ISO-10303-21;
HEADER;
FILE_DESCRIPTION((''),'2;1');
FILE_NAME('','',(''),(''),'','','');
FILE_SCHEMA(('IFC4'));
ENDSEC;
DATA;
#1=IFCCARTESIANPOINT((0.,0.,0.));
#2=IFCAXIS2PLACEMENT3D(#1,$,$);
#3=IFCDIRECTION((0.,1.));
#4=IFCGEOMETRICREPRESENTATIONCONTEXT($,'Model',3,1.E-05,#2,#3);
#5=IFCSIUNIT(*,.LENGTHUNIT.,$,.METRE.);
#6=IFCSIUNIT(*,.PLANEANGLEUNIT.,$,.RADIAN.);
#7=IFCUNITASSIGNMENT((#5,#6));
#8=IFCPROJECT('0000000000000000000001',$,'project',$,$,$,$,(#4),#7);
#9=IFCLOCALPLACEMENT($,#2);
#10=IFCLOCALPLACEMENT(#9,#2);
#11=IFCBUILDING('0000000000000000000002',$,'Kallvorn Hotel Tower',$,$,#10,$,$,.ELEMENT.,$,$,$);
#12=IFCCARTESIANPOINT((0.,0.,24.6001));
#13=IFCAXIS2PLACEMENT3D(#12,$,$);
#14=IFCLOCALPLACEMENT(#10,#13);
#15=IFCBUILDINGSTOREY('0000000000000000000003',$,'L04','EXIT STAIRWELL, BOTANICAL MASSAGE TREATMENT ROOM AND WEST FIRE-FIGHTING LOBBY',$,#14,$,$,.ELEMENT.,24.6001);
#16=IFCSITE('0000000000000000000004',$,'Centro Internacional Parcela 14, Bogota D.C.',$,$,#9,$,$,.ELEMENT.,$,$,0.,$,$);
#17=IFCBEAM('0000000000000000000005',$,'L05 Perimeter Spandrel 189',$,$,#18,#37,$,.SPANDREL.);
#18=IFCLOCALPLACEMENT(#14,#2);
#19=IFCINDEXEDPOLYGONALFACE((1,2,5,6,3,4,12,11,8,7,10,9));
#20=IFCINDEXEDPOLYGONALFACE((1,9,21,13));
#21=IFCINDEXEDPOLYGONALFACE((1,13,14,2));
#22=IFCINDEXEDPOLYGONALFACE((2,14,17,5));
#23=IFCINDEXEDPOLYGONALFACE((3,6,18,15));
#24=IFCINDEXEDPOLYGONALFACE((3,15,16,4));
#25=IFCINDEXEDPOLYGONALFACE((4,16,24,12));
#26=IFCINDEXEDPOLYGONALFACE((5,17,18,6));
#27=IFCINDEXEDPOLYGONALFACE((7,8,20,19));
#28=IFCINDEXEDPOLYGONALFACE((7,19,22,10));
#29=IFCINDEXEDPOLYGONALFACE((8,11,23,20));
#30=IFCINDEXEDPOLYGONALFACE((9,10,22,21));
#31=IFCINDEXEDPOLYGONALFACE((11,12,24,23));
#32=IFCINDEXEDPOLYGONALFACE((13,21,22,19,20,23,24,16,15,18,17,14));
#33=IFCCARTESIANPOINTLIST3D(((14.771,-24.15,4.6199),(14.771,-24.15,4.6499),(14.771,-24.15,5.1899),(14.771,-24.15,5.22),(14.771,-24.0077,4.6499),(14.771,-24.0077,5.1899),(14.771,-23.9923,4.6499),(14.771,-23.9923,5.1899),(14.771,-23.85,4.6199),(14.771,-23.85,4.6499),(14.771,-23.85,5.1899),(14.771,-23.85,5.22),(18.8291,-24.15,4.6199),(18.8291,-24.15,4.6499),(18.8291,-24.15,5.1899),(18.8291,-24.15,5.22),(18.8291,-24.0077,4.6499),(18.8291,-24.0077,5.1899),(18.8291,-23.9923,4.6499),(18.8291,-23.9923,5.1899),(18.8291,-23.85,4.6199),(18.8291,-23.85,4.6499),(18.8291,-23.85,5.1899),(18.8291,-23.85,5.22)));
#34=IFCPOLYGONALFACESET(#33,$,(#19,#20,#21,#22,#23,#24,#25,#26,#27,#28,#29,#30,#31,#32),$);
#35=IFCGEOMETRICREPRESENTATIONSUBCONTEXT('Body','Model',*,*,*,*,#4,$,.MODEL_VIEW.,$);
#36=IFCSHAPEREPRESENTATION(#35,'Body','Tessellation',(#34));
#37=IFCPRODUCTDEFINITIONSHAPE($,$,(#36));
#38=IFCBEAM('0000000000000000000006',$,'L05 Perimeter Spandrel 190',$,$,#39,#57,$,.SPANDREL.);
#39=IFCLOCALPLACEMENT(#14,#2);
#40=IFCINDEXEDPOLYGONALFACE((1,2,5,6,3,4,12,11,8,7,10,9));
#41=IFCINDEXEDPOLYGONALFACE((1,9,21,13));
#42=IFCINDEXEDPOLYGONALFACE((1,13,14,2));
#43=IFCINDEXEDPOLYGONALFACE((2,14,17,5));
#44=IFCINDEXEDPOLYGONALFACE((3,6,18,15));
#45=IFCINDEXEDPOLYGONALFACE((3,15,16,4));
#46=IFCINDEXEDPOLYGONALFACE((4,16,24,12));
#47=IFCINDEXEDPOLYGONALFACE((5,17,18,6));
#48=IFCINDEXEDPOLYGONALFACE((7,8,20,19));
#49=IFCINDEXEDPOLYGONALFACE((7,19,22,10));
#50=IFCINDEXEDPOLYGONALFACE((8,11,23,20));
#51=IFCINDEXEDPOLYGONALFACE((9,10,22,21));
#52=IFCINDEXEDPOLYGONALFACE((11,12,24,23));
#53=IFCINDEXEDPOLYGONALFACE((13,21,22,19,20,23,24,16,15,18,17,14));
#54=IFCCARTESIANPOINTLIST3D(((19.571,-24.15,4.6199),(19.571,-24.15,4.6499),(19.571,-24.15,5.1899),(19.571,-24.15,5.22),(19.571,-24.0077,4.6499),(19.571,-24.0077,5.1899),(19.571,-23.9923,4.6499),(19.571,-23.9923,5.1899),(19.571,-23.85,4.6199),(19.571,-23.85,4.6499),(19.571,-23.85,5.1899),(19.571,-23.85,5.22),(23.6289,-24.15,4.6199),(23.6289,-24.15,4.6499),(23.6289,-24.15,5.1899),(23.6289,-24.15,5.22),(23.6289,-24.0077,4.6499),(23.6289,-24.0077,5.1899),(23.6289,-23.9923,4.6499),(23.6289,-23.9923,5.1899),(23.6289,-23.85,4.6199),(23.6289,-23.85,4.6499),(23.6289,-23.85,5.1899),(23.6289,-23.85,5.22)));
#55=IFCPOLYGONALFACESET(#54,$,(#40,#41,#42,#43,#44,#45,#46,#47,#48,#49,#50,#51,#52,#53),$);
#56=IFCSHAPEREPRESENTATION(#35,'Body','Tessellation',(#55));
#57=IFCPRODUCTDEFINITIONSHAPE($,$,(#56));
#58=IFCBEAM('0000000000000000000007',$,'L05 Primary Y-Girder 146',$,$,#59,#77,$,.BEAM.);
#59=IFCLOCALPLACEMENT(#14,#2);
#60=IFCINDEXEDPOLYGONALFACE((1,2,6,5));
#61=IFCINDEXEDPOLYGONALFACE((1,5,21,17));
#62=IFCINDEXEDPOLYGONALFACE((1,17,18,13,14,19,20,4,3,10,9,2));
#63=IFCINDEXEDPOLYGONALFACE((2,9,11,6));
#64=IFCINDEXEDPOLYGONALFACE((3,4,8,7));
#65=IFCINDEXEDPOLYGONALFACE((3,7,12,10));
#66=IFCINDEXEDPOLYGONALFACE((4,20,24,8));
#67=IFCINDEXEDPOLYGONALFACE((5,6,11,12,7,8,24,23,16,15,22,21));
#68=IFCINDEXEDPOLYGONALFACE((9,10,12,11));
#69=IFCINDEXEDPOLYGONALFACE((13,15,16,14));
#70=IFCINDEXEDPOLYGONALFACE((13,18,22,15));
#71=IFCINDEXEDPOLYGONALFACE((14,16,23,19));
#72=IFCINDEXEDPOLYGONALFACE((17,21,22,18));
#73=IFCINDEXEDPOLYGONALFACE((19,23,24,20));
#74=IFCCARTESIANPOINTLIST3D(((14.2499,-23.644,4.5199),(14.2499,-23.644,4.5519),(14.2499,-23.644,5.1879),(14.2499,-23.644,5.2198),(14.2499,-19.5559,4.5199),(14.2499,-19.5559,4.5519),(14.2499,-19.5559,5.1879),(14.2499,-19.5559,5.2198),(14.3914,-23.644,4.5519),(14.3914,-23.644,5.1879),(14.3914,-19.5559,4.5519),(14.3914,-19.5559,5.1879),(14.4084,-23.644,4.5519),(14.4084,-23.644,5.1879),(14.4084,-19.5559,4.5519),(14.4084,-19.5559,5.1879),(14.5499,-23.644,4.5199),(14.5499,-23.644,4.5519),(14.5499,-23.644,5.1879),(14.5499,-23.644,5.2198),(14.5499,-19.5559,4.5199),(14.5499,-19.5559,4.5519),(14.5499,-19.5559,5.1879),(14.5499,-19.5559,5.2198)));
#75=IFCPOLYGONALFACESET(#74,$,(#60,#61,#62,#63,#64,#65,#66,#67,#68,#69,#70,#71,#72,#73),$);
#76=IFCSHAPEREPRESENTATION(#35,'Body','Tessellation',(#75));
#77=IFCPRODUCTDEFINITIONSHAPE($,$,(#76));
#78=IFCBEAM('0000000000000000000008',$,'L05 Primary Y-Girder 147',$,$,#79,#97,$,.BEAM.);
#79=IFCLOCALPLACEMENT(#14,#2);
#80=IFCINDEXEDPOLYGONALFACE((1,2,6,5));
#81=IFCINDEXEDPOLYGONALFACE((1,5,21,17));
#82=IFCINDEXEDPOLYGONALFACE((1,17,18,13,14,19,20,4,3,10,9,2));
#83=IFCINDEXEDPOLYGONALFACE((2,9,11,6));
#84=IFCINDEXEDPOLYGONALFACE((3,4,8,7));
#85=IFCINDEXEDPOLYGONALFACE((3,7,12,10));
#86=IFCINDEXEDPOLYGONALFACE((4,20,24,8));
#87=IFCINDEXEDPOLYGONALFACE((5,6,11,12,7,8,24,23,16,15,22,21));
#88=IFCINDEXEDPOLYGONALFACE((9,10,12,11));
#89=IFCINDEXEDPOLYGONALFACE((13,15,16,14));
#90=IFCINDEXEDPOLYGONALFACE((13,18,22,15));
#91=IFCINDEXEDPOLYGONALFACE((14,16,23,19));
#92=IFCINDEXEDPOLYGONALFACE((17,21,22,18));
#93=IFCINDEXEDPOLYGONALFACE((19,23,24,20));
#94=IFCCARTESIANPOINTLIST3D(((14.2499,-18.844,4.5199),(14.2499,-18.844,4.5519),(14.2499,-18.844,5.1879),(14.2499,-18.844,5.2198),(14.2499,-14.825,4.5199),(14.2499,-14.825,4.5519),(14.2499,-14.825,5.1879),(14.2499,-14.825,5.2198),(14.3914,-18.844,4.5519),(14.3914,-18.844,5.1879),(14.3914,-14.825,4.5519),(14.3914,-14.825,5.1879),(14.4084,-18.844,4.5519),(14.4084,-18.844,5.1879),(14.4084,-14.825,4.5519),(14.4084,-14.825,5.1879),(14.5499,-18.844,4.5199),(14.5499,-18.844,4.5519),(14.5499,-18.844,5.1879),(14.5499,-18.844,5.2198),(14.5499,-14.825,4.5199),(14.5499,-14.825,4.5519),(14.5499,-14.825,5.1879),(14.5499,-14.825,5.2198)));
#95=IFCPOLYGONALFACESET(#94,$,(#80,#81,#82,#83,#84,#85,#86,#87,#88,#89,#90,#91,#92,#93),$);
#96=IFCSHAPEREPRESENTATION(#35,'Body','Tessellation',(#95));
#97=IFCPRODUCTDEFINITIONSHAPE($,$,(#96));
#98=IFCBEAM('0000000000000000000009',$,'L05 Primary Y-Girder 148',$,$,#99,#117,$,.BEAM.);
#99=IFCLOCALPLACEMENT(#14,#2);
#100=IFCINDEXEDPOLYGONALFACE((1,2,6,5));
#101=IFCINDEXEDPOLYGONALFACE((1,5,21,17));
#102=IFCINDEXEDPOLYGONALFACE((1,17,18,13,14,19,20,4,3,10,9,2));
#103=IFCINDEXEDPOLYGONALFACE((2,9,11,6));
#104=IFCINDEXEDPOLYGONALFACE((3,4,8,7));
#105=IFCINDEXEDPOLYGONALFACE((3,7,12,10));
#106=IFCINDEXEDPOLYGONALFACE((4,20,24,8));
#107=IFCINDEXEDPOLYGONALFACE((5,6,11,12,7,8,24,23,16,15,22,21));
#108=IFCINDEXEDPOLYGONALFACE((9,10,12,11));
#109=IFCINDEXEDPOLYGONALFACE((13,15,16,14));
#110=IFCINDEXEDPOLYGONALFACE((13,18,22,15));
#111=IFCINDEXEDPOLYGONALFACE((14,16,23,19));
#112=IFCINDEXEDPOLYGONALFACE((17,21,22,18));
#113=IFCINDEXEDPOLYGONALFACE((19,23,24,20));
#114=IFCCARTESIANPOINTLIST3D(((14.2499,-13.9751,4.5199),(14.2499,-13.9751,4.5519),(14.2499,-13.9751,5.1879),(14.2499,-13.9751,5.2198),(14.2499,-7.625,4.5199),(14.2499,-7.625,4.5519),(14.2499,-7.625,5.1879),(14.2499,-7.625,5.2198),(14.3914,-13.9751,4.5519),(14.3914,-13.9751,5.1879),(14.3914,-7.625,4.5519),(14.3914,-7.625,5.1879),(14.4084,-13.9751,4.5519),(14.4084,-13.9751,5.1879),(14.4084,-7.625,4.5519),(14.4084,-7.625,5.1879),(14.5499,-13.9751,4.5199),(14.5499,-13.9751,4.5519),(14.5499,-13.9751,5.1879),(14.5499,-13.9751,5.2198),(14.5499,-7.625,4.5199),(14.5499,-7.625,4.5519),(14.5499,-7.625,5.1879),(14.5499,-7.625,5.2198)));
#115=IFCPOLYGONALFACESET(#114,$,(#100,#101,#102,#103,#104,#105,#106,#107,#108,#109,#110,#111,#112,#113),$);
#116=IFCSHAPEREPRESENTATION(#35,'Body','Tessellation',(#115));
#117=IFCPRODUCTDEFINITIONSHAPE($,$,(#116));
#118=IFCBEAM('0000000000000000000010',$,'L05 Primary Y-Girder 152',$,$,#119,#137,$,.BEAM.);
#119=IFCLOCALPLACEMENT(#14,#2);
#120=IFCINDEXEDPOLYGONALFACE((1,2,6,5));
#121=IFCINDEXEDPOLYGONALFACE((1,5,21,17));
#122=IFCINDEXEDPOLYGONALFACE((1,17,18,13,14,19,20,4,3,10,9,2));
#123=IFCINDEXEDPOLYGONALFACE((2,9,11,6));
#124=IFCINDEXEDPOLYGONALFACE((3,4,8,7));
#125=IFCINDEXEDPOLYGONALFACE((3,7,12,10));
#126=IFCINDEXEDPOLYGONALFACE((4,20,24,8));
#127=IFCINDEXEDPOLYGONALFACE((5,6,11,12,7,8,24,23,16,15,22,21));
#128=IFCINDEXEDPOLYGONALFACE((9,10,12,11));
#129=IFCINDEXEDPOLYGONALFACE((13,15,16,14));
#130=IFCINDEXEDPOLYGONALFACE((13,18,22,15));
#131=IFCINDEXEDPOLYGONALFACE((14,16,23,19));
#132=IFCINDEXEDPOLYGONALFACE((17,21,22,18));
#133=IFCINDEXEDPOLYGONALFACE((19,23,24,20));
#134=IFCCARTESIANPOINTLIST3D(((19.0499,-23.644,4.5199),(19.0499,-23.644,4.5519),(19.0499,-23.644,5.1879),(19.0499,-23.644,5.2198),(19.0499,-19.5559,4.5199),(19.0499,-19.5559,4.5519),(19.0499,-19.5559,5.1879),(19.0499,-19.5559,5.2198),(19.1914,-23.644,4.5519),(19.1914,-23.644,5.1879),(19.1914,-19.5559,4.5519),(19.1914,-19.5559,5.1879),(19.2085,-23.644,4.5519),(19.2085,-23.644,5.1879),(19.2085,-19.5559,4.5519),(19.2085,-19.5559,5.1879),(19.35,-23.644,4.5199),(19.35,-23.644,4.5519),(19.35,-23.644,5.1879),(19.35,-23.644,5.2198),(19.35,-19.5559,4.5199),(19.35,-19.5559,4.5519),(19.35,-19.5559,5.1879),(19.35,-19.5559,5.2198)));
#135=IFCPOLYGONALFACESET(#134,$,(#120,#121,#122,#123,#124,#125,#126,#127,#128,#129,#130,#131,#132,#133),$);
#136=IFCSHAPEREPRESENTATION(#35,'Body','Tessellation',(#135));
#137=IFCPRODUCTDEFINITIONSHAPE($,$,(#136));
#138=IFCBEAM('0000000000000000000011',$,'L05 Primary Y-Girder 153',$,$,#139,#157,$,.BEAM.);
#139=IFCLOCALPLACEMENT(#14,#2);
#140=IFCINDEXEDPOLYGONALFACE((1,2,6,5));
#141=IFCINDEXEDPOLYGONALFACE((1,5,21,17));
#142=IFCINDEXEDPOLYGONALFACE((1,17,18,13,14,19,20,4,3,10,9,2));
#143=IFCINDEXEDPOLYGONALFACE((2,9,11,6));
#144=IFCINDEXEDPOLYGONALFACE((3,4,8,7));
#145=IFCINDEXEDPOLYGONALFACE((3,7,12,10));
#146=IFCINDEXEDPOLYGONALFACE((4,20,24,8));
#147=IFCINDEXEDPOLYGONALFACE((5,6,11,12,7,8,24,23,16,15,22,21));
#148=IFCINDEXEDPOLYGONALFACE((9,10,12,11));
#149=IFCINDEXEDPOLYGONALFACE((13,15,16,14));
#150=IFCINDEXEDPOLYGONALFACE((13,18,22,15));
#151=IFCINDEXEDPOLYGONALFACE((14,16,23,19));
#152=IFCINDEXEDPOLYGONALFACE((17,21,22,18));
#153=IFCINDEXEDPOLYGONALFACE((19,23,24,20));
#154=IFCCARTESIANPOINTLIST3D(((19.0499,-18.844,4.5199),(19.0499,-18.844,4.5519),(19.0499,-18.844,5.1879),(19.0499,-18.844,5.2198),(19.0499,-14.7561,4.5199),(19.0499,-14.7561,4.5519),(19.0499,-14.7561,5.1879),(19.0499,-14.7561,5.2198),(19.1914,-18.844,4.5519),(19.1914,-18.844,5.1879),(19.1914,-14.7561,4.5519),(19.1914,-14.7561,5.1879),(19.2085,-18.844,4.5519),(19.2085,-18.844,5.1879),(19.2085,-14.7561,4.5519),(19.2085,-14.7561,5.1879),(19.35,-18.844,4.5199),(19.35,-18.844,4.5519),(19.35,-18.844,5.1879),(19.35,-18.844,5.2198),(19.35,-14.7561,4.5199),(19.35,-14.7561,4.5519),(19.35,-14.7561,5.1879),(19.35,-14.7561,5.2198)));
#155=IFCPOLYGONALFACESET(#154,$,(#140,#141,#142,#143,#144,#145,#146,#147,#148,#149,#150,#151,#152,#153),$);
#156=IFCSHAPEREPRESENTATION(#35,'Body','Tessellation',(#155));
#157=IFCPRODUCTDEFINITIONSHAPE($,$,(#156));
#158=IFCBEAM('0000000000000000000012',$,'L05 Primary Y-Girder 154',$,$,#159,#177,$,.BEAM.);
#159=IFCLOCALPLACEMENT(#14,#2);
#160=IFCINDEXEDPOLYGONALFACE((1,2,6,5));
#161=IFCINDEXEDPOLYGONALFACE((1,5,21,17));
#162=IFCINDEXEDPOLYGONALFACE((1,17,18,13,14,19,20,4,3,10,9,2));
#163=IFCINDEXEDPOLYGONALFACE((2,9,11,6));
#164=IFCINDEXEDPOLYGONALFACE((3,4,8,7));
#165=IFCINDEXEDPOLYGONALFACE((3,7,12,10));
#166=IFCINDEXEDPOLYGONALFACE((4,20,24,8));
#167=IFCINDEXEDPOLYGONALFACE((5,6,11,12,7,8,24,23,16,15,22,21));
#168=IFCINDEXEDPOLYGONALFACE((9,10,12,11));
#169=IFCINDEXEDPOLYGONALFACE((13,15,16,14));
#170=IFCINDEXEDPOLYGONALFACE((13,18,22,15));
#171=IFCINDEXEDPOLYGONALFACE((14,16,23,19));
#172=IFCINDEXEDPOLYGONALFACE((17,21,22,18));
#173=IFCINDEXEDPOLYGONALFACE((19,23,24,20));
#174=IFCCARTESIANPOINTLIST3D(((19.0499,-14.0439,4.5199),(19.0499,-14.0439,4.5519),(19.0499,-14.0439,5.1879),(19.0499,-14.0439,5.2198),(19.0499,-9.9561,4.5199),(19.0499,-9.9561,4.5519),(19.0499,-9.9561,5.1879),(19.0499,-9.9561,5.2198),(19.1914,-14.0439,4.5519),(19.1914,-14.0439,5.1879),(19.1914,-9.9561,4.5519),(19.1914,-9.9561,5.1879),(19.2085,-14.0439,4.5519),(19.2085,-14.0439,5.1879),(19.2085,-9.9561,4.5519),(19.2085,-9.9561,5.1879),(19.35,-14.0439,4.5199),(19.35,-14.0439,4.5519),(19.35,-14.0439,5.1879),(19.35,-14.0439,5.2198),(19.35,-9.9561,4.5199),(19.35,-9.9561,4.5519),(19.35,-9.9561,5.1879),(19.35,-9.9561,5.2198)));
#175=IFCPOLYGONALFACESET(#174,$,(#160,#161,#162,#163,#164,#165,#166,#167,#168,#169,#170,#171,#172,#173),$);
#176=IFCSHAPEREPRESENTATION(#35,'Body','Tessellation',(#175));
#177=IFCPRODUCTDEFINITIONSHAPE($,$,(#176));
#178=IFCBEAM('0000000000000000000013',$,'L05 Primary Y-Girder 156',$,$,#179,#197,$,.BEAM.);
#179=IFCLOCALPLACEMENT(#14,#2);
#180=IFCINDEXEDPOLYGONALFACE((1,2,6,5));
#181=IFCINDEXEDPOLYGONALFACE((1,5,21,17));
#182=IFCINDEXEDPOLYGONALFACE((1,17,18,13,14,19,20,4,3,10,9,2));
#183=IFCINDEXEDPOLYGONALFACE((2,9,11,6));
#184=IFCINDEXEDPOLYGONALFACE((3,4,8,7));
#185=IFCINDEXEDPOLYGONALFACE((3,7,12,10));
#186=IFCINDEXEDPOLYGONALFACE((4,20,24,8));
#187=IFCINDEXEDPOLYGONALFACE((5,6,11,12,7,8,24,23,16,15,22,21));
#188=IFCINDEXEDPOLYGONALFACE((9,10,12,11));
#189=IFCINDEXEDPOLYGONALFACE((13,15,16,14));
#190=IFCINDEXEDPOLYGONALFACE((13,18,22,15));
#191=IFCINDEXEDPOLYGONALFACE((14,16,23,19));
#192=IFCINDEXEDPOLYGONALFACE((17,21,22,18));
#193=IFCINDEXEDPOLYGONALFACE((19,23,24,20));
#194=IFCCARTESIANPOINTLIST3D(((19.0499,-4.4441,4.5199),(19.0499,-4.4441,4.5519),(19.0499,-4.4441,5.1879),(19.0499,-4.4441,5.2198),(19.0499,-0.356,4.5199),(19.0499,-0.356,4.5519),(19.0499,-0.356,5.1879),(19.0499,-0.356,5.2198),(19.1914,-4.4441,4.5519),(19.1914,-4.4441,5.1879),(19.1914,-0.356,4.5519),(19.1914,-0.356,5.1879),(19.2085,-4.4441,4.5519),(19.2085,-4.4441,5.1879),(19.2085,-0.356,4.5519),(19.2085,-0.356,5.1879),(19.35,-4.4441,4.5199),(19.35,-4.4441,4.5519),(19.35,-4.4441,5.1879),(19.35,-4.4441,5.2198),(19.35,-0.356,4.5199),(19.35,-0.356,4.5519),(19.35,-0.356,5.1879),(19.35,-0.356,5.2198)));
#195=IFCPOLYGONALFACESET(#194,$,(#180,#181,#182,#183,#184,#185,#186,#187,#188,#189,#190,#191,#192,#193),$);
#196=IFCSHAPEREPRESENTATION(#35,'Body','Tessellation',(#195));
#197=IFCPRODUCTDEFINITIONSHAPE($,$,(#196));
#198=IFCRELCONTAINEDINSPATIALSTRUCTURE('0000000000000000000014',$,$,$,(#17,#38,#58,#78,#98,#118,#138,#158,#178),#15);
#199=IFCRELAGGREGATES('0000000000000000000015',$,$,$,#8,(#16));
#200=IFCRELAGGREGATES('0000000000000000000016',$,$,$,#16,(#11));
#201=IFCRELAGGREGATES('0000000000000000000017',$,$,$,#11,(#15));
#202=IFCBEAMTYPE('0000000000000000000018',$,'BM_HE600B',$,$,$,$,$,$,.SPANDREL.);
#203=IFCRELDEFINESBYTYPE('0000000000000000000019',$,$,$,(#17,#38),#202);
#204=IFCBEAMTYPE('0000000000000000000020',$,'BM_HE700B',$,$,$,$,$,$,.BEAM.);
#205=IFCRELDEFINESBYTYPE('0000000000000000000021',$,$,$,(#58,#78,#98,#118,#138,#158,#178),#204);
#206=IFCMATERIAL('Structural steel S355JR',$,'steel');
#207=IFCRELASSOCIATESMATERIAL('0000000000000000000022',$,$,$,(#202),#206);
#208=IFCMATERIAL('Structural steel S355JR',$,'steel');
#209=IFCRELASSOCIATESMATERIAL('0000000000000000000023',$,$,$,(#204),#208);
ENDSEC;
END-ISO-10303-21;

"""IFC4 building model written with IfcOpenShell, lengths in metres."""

from ifc_helpers import new_model, si_unit, direction, frame, origin, origin_2d, place, context, subcontext, project, spatial, i_section, extrude, material, material_profile, profile_set, type_object, element, save


model = new_model("IFC4")

# Units and contexts
model_context = context("Model", 3, precision=1e-05, world=origin(), true_north=direction((0.0, 1.0)))
body_context = subcontext(model_context, "Body", "Model", "MODEL_VIEW")
ifc_project = project(units=[si_unit("LENGTHUNIT", "METRE"), si_unit("PLANEANGLEUNIT", "RADIAN")], contexts=[model_context])

# Site, building, storey
site_placement = place(None, origin())
site = spatial("IfcSite", under=ifc_project, at=site_placement, Name="Centro Internacional Parcela 14, Bogota D.C.", CompositionType="ELEMENT", RefElevation=0.0)
building_placement = place(site_placement, origin())
building = spatial("IfcBuilding", under=site, at=building_placement, Name="Kallvorn Hotel Tower", CompositionType="ELEMENT")
storey_placement = place(building_placement, frame((0.0, 0.0, 24.6001)))
storey = spatial("IfcBuildingStorey", under=building, at=storey_placement, Name="L04", Description="EXIT STAIRWELL, BOTANICAL MASSAGE TREATMENT ROOM AND WEST FIRE-FIGHTING LOBBY", CompositionType="ELEMENT", Elevation=24.6001)

# Beams
ifc_material_1 = material(Name="Structural steel S355JR", Category="steel")
ifc_material_profile_1 = material_profile(ifc_material_1, i_section(OverallWidth=0.3, OverallDepth=0.6001, WebThickness=0.0154, FlangeThickness=0.03, at=origin_2d()), Name="HE 600 B")
ifc_profile_set_1 = profile_set([ifc_material_profile_1], Name="Structural steel S355JR")
beam_type_1 = type_object("IfcBeamType", Name="BM_HE600B", PredefinedType="SPANDREL", material=ifc_profile_set_1)
beam_1_placement = place(storey_placement, frame((14.771, -24.0, 4.9199), z_axis=(1.0, 0.0, 0.0), x_axis=(0.0, 1.0, 0.0)))
element("IfcBeam", 1, at=beam_1_placement, inside=storey, type_object=beam_type_1, Name="L05 Perimeter Spandrel 189", PredefinedType="SPANDREL", context=body_context, shape_type="SweptSolid", body=[
    extrude(i_section(OverallWidth=0.3, OverallDepth=0.6001, WebThickness=0.0154, FlangeThickness=0.03, at=origin_2d()), origin(), (0.0, 0.0, 1.0), 4.0581),
])
beam_2_placement = place(storey_placement, frame((19.571, -24.0, 4.9199), z_axis=(1.0, 0.0, 0.0), x_axis=(0.0, 1.0, 0.0)))
element("IfcBeam", 2, at=beam_2_placement, inside=storey, type_object=beam_type_1, Name="L05 Perimeter Spandrel 190", PredefinedType="SPANDREL", context=body_context, shape_type="SweptSolid", body=[
    extrude(i_section(OverallWidth=0.3, OverallDepth=0.6001, WebThickness=0.0154, FlangeThickness=0.03, at=origin_2d()), origin(), (0.0, 0.0, 1.0), 4.0579),
])
ifc_material_2 = material(Name="Structural steel S355JR", Category="steel")
ifc_material_profile_2 = material_profile(ifc_material_2, i_section(OverallWidth=0.3, OverallDepth=0.7, WebThickness=0.0171, FlangeThickness=0.032, at=origin_2d()), Name="HE 700 B")
ifc_profile_set_2 = profile_set([ifc_material_profile_2], Name="Structural steel S355JR")
beam_type_2 = type_object("IfcBeamType", Name="BM_HE700B", PredefinedType="BEAM", material=ifc_profile_set_2)
beam_3_placement = place(storey_placement, frame((14.3999, -23.644, 4.8699), z_axis=(0.0, 1.0, 0.0), x_axis=(-1.0, 0.0, 0.0)))
element("IfcBeam", 3, at=beam_3_placement, inside=storey, type_object=beam_type_2, Name="L05 Primary Y-Girder 146", PredefinedType="BEAM", context=body_context, shape_type="SweptSolid", body=[
    extrude(i_section(OverallWidth=0.3, OverallDepth=0.7, WebThickness=0.0171, FlangeThickness=0.032, at=origin_2d()), origin(), (0.0, 0.0, 1.0), 4.0881),
])
beam_4_placement = place(storey_placement, frame((14.3999, -18.844, 4.8699), z_axis=(0.0, 1.0, 0.0), x_axis=(-1.0, 0.0, 0.0)))
element("IfcBeam", 4, at=beam_4_placement, inside=storey, type_object=beam_type_2, Name="L05 Primary Y-Girder 147", PredefinedType="BEAM", context=body_context, shape_type="SweptSolid", body=[
    extrude(i_section(OverallWidth=0.3, OverallDepth=0.7, WebThickness=0.0171, FlangeThickness=0.032, at=origin_2d()), origin(), (0.0, 0.0, 1.0), 4.019),
])
beam_5_placement = place(storey_placement, frame((14.3999, -13.9751, 4.8699), z_axis=(0.0, 1.0, 0.0), x_axis=(-1.0, 0.0, 0.0)))
element("IfcBeam", 5, at=beam_5_placement, inside=storey, type_object=beam_type_2, Name="L05 Primary Y-Girder 148", PredefinedType="BEAM", context=body_context, shape_type="SweptSolid", body=[
    extrude(i_section(OverallWidth=0.3, OverallDepth=0.7, WebThickness=0.0171, FlangeThickness=0.032, at=origin_2d()), origin(), (0.0, 0.0, 1.0), 6.3501),
])
beam_6_placement = place(storey_placement, frame((19.2, -23.644, 4.8699), z_axis=(0.0, 1.0, 0.0), x_axis=(-1.0, 0.0, 0.0)))
element("IfcBeam", 6, at=beam_6_placement, inside=storey, type_object=beam_type_2, Name="L05 Primary Y-Girder 152", PredefinedType="BEAM", context=body_context, shape_type="SweptSolid", body=[
    extrude(i_section(OverallWidth=0.3, OverallDepth=0.7, WebThickness=0.0171, FlangeThickness=0.032, at=origin_2d()), origin(), (0.0, 0.0, 1.0), 4.0881),
])
for number, where, z_axis, x_axis, name in (
    (7, (19.2, -18.844, 4.8699), (0.0, 1.0, 0.0), (-1.0, 0.0, 0.0), "L05 Primary Y-Girder 153"),
    (8, (19.2, -14.0439, 4.8699), (0.0, 1.0, 0.0), (-1.0, 0.0, 0.0), "L05 Primary Y-Girder 154"),
):
    element("IfcBeam", number, at=place(storey_placement, frame(where, z_axis=z_axis, x_axis=x_axis)), inside=storey, type_object=beam_type_2, Name=name, PredefinedType="BEAM", context=body_context, shape_type="SweptSolid", body=[
        extrude(i_section(OverallWidth=0.3, OverallDepth=0.7, WebThickness=0.0171, FlangeThickness=0.032, at=origin_2d()), origin(), (0.0, 0.0, 1.0), 4.0879),
    ])
for number, where, z_axis, x_axis, name in (
    (9, (19.2, -4.4441, 4.8699), (0.0, 1.0, 0.0), (-1.0, 0.0, 0.0), "L05 Primary Y-Girder 156"),
):
    element("IfcBeam", number, at=place(storey_placement, frame(where, z_axis=z_axis, x_axis=x_axis)), inside=storey, type_object=beam_type_2, Name=name, PredefinedType="BEAM", context=body_context, shape_type="SweptSolid", body=[
        extrude(i_section(OverallWidth=0.3, OverallDepth=0.7, WebThickness=0.0171, FlangeThickness=0.032, at=origin_2d()), origin(), (0.0, 0.0, 1.0), 4.0881),
    ])

save(model, "model.ifc")
